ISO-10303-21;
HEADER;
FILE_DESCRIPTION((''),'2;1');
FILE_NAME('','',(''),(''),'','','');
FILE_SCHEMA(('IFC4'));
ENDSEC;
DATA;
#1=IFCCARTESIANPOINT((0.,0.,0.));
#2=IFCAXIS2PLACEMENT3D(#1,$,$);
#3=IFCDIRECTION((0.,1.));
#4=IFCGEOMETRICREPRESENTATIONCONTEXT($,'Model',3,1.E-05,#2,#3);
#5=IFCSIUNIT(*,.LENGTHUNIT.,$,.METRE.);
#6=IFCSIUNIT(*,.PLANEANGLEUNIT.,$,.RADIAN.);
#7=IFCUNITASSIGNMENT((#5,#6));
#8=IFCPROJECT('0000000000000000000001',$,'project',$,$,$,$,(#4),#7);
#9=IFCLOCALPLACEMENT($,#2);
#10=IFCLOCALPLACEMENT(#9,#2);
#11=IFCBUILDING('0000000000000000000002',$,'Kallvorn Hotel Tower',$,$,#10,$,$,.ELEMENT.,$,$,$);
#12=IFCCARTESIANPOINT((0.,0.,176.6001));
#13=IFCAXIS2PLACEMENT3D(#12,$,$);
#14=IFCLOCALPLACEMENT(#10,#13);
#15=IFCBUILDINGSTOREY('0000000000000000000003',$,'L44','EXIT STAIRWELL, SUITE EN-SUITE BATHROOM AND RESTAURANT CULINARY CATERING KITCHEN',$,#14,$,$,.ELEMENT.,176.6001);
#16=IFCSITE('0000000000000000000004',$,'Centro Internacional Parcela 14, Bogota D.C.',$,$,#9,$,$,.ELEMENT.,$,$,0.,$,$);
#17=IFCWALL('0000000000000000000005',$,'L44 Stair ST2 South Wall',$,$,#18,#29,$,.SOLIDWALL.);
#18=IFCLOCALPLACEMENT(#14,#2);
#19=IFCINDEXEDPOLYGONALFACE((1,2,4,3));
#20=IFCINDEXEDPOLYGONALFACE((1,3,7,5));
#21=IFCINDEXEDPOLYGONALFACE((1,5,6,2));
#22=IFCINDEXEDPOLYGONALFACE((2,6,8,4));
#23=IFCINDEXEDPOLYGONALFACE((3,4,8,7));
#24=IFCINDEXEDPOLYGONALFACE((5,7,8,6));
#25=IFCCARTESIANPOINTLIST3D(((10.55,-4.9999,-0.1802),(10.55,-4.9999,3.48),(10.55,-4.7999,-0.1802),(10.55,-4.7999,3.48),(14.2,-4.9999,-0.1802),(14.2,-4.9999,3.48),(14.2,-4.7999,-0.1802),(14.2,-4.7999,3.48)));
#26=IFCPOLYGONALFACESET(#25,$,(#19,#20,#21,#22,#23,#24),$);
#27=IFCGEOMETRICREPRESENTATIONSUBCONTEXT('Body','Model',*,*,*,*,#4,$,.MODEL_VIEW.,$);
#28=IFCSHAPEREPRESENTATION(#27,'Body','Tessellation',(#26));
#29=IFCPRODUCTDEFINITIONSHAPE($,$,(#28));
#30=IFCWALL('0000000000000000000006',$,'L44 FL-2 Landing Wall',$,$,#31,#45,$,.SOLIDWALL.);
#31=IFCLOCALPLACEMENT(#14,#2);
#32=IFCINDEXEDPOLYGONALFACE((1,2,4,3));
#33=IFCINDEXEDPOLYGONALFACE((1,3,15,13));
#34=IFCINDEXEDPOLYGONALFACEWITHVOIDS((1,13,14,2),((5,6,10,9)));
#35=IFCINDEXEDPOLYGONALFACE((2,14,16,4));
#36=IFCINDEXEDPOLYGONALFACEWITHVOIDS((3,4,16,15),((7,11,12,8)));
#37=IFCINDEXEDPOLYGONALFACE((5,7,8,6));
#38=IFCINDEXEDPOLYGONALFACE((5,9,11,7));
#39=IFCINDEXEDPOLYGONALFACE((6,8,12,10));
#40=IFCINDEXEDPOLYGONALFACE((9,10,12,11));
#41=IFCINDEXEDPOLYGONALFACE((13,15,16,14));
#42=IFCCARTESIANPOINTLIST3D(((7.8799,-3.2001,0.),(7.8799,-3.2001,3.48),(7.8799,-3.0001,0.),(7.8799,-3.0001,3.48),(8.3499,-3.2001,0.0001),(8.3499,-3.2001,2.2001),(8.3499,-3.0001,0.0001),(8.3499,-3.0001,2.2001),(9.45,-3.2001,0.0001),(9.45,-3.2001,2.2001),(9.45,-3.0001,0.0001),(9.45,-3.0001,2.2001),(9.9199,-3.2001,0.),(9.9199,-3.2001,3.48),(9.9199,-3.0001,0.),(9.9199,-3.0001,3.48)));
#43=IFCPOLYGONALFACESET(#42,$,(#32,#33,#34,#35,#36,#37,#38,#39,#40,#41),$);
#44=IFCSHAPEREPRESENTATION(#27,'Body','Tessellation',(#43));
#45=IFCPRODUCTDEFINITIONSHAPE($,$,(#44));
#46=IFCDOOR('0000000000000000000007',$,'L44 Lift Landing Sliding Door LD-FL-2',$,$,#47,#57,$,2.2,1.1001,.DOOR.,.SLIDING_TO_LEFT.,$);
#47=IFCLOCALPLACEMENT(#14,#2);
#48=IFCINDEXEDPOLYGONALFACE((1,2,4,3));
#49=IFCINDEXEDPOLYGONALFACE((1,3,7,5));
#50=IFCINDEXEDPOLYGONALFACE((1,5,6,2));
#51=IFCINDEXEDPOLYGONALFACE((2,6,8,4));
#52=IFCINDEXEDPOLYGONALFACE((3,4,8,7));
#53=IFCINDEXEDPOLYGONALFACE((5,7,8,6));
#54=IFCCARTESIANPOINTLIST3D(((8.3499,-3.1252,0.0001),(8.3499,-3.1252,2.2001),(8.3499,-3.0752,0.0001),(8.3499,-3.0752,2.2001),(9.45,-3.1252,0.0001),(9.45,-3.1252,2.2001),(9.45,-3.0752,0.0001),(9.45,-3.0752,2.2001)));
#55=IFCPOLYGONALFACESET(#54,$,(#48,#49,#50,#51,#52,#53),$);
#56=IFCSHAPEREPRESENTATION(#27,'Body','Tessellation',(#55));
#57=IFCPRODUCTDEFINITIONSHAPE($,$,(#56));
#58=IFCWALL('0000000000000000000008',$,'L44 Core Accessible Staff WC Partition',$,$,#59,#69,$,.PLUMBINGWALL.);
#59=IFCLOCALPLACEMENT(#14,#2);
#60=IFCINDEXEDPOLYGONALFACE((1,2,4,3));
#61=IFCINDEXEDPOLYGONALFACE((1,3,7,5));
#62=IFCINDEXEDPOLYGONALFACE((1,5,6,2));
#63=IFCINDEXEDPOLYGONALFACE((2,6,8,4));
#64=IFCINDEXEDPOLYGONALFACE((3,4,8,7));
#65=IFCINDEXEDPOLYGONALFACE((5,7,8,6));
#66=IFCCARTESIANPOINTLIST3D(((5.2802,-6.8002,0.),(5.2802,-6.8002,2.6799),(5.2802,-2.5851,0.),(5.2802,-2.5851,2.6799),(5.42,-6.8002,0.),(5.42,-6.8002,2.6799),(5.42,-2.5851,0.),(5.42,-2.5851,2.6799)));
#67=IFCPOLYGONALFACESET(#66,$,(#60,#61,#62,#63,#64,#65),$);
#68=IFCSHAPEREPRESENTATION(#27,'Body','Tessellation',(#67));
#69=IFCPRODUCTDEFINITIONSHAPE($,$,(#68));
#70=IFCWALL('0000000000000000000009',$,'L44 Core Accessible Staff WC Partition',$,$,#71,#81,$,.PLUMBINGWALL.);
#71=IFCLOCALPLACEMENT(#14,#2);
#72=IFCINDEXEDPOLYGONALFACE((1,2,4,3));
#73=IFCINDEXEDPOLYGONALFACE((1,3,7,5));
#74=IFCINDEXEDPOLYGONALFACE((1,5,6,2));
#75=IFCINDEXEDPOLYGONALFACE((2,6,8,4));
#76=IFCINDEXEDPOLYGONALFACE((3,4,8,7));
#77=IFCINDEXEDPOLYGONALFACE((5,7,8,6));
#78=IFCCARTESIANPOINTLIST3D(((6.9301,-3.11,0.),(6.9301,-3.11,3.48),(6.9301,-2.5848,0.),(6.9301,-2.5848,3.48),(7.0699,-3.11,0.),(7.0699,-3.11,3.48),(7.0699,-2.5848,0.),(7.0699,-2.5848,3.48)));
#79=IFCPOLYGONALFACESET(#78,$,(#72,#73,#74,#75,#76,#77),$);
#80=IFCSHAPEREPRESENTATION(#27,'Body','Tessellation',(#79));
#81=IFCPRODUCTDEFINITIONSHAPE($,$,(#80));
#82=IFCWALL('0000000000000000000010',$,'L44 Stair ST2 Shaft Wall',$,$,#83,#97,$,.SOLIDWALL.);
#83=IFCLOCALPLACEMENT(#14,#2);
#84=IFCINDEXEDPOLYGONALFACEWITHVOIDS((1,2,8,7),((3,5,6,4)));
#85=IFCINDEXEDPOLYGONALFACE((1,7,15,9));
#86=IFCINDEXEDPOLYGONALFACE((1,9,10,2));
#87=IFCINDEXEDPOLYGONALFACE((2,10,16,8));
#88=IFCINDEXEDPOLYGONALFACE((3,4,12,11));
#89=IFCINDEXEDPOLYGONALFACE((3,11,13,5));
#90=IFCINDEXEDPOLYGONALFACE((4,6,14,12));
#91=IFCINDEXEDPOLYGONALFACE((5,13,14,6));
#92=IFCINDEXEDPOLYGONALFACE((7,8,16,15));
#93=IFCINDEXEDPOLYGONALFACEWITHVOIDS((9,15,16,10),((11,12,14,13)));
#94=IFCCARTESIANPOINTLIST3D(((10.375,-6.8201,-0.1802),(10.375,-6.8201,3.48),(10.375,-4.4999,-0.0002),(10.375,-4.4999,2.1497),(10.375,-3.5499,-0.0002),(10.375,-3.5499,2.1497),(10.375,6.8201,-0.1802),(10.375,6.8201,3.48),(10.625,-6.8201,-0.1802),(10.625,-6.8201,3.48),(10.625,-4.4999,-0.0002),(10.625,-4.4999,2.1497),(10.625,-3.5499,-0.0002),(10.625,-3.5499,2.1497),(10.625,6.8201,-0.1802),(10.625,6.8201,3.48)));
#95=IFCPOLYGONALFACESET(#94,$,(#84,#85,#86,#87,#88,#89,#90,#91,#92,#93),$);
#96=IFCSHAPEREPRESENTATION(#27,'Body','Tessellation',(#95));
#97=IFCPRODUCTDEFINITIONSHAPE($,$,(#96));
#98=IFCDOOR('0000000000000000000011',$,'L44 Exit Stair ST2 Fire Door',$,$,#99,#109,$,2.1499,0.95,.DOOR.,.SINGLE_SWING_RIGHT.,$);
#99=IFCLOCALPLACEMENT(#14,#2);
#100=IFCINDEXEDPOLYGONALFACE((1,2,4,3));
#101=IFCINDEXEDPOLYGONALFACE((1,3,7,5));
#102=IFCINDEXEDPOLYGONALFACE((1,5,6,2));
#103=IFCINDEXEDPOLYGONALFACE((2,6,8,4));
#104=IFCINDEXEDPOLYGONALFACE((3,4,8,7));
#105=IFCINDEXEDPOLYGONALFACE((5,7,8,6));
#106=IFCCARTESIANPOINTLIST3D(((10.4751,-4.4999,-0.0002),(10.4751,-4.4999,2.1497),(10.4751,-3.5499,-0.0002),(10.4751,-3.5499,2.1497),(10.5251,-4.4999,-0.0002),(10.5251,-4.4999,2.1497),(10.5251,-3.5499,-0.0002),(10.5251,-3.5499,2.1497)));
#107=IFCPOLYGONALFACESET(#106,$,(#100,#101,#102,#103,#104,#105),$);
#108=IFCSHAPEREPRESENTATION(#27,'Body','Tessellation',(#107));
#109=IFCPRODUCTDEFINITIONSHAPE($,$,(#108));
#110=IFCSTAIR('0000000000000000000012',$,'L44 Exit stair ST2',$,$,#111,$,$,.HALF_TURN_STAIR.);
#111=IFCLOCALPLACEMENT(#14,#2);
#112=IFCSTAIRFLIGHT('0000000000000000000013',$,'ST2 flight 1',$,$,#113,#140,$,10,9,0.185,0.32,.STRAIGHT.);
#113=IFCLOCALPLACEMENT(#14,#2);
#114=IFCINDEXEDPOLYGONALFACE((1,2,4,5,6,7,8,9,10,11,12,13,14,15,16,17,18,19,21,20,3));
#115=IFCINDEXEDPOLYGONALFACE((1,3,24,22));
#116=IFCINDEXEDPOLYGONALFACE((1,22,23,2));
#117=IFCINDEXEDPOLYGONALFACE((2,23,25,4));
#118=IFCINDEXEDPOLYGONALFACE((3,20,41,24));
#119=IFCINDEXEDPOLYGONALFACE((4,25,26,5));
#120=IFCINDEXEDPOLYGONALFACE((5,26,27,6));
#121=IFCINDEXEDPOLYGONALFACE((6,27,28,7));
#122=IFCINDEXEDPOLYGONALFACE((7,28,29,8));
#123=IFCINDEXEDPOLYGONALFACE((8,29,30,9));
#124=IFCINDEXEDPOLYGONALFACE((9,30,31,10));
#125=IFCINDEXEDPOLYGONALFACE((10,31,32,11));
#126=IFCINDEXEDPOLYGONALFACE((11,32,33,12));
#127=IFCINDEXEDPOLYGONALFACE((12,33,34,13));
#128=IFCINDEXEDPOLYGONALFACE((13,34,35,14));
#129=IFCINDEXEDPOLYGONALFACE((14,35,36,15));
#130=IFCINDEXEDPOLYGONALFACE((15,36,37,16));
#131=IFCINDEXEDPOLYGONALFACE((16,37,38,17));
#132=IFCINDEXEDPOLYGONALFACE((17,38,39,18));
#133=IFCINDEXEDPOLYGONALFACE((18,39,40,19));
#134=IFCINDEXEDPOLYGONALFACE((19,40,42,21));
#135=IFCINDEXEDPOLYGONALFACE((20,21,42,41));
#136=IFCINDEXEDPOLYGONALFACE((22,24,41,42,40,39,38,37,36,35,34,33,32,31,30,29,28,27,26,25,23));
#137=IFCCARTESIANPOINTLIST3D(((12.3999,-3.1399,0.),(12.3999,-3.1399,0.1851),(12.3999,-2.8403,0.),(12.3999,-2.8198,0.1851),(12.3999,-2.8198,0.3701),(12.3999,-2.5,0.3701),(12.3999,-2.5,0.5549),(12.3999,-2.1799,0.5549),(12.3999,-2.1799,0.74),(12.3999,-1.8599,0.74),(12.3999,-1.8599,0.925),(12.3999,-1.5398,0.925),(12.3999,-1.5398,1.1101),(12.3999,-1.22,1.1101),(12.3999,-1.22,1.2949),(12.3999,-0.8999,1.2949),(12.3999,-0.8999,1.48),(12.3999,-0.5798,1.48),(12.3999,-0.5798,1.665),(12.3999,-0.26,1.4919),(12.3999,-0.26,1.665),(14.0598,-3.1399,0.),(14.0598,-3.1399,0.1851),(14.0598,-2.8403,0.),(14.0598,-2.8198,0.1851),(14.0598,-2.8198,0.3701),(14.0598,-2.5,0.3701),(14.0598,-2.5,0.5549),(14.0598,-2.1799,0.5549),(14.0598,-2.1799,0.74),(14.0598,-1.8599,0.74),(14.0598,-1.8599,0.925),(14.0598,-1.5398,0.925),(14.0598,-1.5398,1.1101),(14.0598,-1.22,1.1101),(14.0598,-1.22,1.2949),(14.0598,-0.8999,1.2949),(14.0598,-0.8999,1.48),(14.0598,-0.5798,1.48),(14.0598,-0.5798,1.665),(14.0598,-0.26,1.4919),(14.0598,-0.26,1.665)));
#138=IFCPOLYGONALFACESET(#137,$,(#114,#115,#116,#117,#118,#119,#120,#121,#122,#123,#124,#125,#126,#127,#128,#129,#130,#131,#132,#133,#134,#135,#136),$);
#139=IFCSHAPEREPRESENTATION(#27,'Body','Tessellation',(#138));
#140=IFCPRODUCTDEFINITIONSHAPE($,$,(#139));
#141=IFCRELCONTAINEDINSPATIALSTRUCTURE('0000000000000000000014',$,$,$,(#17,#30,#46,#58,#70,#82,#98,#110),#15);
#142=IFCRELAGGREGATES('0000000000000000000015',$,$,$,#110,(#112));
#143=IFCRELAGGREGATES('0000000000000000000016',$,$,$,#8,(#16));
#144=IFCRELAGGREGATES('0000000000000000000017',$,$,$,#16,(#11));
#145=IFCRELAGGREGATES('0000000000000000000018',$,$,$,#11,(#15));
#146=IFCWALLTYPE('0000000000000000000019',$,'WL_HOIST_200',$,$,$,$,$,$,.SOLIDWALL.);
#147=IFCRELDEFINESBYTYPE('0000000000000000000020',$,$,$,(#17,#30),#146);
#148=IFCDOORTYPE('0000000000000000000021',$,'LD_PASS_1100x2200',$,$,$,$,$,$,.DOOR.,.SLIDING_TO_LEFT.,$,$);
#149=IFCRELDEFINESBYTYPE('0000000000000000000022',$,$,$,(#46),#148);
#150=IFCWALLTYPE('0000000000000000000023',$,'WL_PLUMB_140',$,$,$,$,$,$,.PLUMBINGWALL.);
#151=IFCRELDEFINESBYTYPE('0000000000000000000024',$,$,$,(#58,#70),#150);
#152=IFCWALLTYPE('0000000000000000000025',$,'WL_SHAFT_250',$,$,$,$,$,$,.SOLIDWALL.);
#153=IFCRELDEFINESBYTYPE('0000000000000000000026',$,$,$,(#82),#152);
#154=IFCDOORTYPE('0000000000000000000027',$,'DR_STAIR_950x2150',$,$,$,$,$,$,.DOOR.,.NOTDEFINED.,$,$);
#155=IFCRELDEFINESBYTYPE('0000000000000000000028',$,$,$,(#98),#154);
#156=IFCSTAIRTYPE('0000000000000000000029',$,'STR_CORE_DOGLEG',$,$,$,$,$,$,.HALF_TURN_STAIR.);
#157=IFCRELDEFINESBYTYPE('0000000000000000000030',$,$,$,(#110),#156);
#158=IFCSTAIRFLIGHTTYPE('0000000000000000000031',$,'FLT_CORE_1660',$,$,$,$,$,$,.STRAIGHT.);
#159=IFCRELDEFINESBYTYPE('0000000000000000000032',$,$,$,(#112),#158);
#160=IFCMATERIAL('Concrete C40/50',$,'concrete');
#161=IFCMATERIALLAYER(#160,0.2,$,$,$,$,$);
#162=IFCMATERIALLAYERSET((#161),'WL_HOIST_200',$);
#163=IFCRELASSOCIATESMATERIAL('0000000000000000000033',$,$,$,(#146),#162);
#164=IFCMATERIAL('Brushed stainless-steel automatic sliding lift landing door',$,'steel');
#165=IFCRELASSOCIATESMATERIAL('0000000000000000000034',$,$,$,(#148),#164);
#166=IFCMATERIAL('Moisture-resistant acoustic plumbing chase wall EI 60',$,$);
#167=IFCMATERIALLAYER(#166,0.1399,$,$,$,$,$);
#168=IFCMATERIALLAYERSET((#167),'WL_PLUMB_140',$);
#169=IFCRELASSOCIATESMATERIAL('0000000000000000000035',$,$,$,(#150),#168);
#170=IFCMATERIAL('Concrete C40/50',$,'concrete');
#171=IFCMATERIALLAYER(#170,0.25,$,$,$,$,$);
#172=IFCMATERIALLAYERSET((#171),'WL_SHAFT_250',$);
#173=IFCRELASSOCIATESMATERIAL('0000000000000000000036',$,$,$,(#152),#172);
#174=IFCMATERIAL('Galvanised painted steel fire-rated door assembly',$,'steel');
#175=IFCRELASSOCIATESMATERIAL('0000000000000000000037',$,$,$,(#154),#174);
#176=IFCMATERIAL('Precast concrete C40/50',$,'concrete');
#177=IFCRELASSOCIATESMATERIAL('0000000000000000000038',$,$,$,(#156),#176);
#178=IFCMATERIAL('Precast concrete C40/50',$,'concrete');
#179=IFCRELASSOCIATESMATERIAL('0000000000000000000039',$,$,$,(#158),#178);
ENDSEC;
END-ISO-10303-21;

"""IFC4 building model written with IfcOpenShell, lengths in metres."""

from ifc_helpers import new_model, si_unit, direction, frame, frame_2d, origin, place, context, subcontext, project, spatial, polyline, rectangle, outline, extrude, material, layer, layer_set, type_object, element, fill, aggregate, save


model = new_model("IFC4")

# Units and contexts
model_context = context("Model", 3, precision=1e-05, world=origin(), true_north=direction((0.0, 1.0)))
body_context = subcontext(model_context, "Body", "Model", "MODEL_VIEW")
ifc_project = project(units=[si_unit("LENGTHUNIT", "METRE"), si_unit("PLANEANGLEUNIT", "RADIAN")], contexts=[model_context])

# Site, building, storey
site_placement = place(None, origin())
site = spatial("IfcSite", under=ifc_project, at=site_placement, Name="Centro Internacional Parcela 14, Bogota D.C.", CompositionType="ELEMENT", RefElevation=0.0)
building_placement = place(site_placement, origin())
building = spatial("IfcBuilding", under=site, at=building_placement, Name="Kallvorn Hotel Tower", CompositionType="ELEMENT")
storey_placement = place(building_placement, frame((0.0, 0.0, 176.6001)))
storey = spatial("IfcBuildingStorey", under=building, at=storey_placement, Name="L44", Description="EXIT STAIRWELL, SUITE EN-SUITE BATHROOM AND RESTAURANT CULINARY CATERING KITCHEN", CompositionType="ELEMENT", Elevation=176.6001)

# Wall
ifc_material_1 = material(Name="Concrete C40/50", Category="concrete")
ifc_layer_1 = layer(ifc_material_1, 0.2)
ifc_layer_set_1 = layer_set([ifc_layer_1], Name="WL_HOIST_200")
wall_type_1 = type_object("IfcWallType", Name="WL_HOIST_200", PredefinedType="SOLIDWALL", material=ifc_layer_set_1)
wall_1_placement = place(storey_placement, frame((10.55, -4.8999, -0.1802), z_axis=(0.0, 0.0, 1.0), x_axis=(1.0, 0.0, 0.0)))
element("IfcWall", 1, at=wall_1_placement, inside=storey, type_object=wall_type_1, Name="L44 Stair ST2 South Wall", PredefinedType="SOLIDWALL", context=body_context, shape_type="SweptSolid", body=[
    extrude(rectangle(XDim=3.6499, YDim=0.2, at=frame_2d((1.825, 0.0))), origin(), (0.0, 0.0, 1.0), 3.6602),
])

# Wall, opening, door
wall_2_placement = place(storey_placement, frame((7.8799, -3.1001, 0.0), z_axis=(0.0, 0.0, 1.0), x_axis=(1.0, 0.0, 0.0)))
wall_2 = element("IfcWall", 2, at=wall_2_placement, inside=storey, type_object=wall_type_1, Name="L44 FL-2 Landing Wall", PredefinedType="SOLIDWALL", context=body_context, shape_type="SweptSolid", body=[
    extrude(rectangle(XDim=2.04, YDim=0.2, at=frame_2d((1.02, 0.0))), origin(), (0.0, 0.0, 1.0), 3.48),
])
opening_1_placement = place(wall_2_placement, frame((0.47, 0.0, 0.0)))
opening_1 = element("IfcOpeningElement", 3, at=opening_1_placement, cuts=wall_2, PredefinedType="OPENING", context=body_context, shape_type="SweptSolid", body=[
    extrude(rectangle(XDim=1.1001, YDim=2.2, at=frame_2d((0.55, 1.1001))), frame((0.0, 0.115, 0.0), z_axis=(0.0, -1.0, 0.0), x_axis=(1.0, 0.0, 0.0)), (0.0, 0.0, 1.0), 0.23),
])
ifc_material_2 = material(Name="Brushed stainless-steel automatic sliding lift landing door", Category="steel")
door_type_1 = type_object("IfcDoorType", Name="LD_PASS_1100x2200", OperationType="SLIDING_TO_LEFT", PredefinedType="DOOR", material=ifc_material_2)
door_1_placement = place(opening_1_placement, origin())
door_1 = element("IfcDoor", 4, at=door_1_placement, inside=storey, type_object=door_type_1, Name="L44 Lift Landing Sliding Door LD-FL-2", OperationType="SLIDING_TO_LEFT", OverallHeight=2.2, OverallWidth=1.1001, PredefinedType="DOOR", context=body_context, shape_type="SweptSolid", body=[
    extrude(rectangle(XDim=1.1001, YDim=2.2, at=frame_2d((0.55, 1.1001))), frame((0.0, 0.0249, 0.0), z_axis=(0.0, -1.0, 0.0), x_axis=(1.0, 0.0, 0.0)), (0.0, 0.0, 1.0), 0.05),
])
fill(opening_1, door_1)

# Walls
ifc_material_3 = material(Name="Moisture-resistant acoustic plumbing chase wall EI 60")
ifc_layer_2 = layer(ifc_material_3, 0.1399)
ifc_layer_set_2 = layer_set([ifc_layer_2], Name="WL_PLUMB_140")
wall_type_2 = type_object("IfcWallType", Name="WL_PLUMB_140", PredefinedType="PLUMBINGWALL", material=ifc_layer_set_2)
wall_3_placement = place(storey_placement, frame((5.3501, -6.8, 0.0), z_axis=(0.0, 0.0, 1.0), x_axis=(0.0, 1.0, 0.0)))
element("IfcWall", 5, at=wall_3_placement, inside=storey, type_object=wall_type_2, Name="L44 Core Accessible Staff WC Partition", PredefinedType="PLUMBINGWALL", context=body_context, shape_type="SweptSolid", body=[
    extrude(rectangle(XDim=4.2151, YDim=0.1399, at=frame_2d((2.1074, 0.0))), origin(), (0.0, 0.0, 1.0), 2.6799),
])
wall_4_placement = place(storey_placement, frame((7.0, -3.1101, 0.0), z_axis=(0.0, 0.0, 1.0), x_axis=(0.0, 1.0, 0.0)))
element("IfcWall", 6, at=wall_4_placement, inside=storey, type_object=wall_type_2, Name="L44 Core Accessible Staff WC Partition", PredefinedType="PLUMBINGWALL", context=body_context, shape_type="SweptSolid", body=[
    extrude(rectangle(XDim=0.5251, YDim=0.1399, at=frame_2d((0.2627, 0.0))), origin(), (0.0, 0.0, 1.0), 3.48),
])

# Wall, opening, door
ifc_material_4 = material(Name="Concrete C40/50", Category="concrete")
ifc_layer_3 = layer(ifc_material_4, 0.25)
ifc_layer_set_3 = layer_set([ifc_layer_3], Name="WL_SHAFT_250")
wall_type_3 = type_object("IfcWallType", Name="WL_SHAFT_250", PredefinedType="SOLIDWALL", material=ifc_layer_set_3)
wall_5_placement = place(storey_placement, frame((10.5, -6.8201, -0.1802), z_axis=(0.0, 0.0, 1.0), x_axis=(0.0, 1.0, 0.0)))
wall_5 = element("IfcWall", 7, at=wall_5_placement, inside=storey, type_object=wall_type_3, Name="L44 Stair ST2 Shaft Wall", PredefinedType="SOLIDWALL", context=body_context, shape_type="SweptSolid", body=[
    extrude(rectangle(XDim=13.6401, YDim=0.25, at=frame_2d((6.8201, 0.0))), origin(), (0.0, 0.0, 1.0), 3.6602),
])
opening_2_placement = place(wall_5_placement, frame((2.3201, 0.0, 0.1799)))
opening_2 = element("IfcOpeningElement", 8, at=opening_2_placement, cuts=wall_5, PredefinedType="OPENING", context=body_context, shape_type="SweptSolid", body=[
    extrude(rectangle(XDim=0.95, YDim=2.1499, at=frame_2d((0.4751, 1.075))), frame((0.0, 0.1399, 0.0), z_axis=(0.0, -1.0, 0.0), x_axis=(1.0, 0.0, 0.0)), (0.0, 0.0, 1.0), 0.28),
])
ifc_material_5 = material(Name="Galvanised painted steel fire-rated door assembly", Category="steel")
door_type_2 = type_object("IfcDoorType", Name="DR_STAIR_950x2150", OperationType="NOTDEFINED", PredefinedType="DOOR", material=ifc_material_5)
door_2_placement = place(opening_2_placement, origin())
door_2 = element("IfcDoor", 9, at=door_2_placement, inside=storey, type_object=door_type_2, Name="L44 Exit Stair ST2 Fire Door", OperationType="SINGLE_SWING_RIGHT", OverallHeight=2.1499, OverallWidth=0.95, PredefinedType="DOOR", context=body_context, shape_type="SweptSolid", body=[
    extrude(rectangle(XDim=0.95, YDim=2.1499, at=frame_2d((0.4751, 1.075))), frame((0.0, 0.0249, 0.0), z_axis=(0.0, -1.0, 0.0), x_axis=(1.0, 0.0, 0.0)), (0.0, 0.0, 1.0), 0.05),
])
fill(opening_2, door_2)

# Stair, stair flight
ifc_material_6 = material(Name="Precast concrete C40/50", Category="concrete")
stair_type = type_object("IfcStairType", Name="STR_CORE_DOGLEG", PredefinedType="HALF_TURN_STAIR", material=ifc_material_6)
stair_placement = place(storey_placement, origin())
stair = element("IfcStair", 10, at=stair_placement, inside=storey, type_object=stair_type, Name="L44 Exit stair ST2", PredefinedType="HALF_TURN_STAIR")
ifc_material_7 = material(Name="Precast concrete C40/50", Category="concrete")
stair_flight_type = type_object("IfcStairFlightType", Name="FLT_CORE_1660", PredefinedType="STRAIGHT", material=ifc_material_7)
stair_flight_placement = place(storey_placement, frame((13.23, -3.1399, 0.0), z_axis=(0.0, 0.0, 1.0), x_axis=(0.0, 1.0, 0.0)))
stair_flight = element("IfcStairFlight", 11, at=stair_flight_placement, type_object=stair_flight_type, Name="ST2 flight 1", NumberOfRisers=10, NumberOfTreads=9, PredefinedType="STRAIGHT", RiserHeight=0.185, TreadLength=0.32, context=body_context, shape_type="SweptSolid", body=[
    extrude(outline(polyline([(0.0, 0.0), (0.0, 0.1851), (0.3201, 0.1851), (0.3201, 0.3701), (0.6399, 0.3701), (0.6399, 0.5549), (0.96, 0.5549), (0.96, 0.74), (1.28, 0.74), (1.28, 0.925), (1.6001, 0.925), (1.6001, 1.1101), (1.9199, 1.1101), (1.9199, 1.2949), (2.24, 1.2949), (2.24, 1.48), (2.5601, 1.48), (2.5601, 1.665), (2.8799, 1.665), (2.8799, 1.8501), (2.8799, 1.4919), (0.2996, 0.0), (0.0, 0.0)])), frame((0.0, 0.8301, 0.0), z_axis=(0.0, -1.0, 0.0), x_axis=(1.0, 0.0, 0.0)), (0.0, 0.0, 1.0), 1.6599),
])
aggregate(stair, [stair_flight])

save(model, "model.ifc")
